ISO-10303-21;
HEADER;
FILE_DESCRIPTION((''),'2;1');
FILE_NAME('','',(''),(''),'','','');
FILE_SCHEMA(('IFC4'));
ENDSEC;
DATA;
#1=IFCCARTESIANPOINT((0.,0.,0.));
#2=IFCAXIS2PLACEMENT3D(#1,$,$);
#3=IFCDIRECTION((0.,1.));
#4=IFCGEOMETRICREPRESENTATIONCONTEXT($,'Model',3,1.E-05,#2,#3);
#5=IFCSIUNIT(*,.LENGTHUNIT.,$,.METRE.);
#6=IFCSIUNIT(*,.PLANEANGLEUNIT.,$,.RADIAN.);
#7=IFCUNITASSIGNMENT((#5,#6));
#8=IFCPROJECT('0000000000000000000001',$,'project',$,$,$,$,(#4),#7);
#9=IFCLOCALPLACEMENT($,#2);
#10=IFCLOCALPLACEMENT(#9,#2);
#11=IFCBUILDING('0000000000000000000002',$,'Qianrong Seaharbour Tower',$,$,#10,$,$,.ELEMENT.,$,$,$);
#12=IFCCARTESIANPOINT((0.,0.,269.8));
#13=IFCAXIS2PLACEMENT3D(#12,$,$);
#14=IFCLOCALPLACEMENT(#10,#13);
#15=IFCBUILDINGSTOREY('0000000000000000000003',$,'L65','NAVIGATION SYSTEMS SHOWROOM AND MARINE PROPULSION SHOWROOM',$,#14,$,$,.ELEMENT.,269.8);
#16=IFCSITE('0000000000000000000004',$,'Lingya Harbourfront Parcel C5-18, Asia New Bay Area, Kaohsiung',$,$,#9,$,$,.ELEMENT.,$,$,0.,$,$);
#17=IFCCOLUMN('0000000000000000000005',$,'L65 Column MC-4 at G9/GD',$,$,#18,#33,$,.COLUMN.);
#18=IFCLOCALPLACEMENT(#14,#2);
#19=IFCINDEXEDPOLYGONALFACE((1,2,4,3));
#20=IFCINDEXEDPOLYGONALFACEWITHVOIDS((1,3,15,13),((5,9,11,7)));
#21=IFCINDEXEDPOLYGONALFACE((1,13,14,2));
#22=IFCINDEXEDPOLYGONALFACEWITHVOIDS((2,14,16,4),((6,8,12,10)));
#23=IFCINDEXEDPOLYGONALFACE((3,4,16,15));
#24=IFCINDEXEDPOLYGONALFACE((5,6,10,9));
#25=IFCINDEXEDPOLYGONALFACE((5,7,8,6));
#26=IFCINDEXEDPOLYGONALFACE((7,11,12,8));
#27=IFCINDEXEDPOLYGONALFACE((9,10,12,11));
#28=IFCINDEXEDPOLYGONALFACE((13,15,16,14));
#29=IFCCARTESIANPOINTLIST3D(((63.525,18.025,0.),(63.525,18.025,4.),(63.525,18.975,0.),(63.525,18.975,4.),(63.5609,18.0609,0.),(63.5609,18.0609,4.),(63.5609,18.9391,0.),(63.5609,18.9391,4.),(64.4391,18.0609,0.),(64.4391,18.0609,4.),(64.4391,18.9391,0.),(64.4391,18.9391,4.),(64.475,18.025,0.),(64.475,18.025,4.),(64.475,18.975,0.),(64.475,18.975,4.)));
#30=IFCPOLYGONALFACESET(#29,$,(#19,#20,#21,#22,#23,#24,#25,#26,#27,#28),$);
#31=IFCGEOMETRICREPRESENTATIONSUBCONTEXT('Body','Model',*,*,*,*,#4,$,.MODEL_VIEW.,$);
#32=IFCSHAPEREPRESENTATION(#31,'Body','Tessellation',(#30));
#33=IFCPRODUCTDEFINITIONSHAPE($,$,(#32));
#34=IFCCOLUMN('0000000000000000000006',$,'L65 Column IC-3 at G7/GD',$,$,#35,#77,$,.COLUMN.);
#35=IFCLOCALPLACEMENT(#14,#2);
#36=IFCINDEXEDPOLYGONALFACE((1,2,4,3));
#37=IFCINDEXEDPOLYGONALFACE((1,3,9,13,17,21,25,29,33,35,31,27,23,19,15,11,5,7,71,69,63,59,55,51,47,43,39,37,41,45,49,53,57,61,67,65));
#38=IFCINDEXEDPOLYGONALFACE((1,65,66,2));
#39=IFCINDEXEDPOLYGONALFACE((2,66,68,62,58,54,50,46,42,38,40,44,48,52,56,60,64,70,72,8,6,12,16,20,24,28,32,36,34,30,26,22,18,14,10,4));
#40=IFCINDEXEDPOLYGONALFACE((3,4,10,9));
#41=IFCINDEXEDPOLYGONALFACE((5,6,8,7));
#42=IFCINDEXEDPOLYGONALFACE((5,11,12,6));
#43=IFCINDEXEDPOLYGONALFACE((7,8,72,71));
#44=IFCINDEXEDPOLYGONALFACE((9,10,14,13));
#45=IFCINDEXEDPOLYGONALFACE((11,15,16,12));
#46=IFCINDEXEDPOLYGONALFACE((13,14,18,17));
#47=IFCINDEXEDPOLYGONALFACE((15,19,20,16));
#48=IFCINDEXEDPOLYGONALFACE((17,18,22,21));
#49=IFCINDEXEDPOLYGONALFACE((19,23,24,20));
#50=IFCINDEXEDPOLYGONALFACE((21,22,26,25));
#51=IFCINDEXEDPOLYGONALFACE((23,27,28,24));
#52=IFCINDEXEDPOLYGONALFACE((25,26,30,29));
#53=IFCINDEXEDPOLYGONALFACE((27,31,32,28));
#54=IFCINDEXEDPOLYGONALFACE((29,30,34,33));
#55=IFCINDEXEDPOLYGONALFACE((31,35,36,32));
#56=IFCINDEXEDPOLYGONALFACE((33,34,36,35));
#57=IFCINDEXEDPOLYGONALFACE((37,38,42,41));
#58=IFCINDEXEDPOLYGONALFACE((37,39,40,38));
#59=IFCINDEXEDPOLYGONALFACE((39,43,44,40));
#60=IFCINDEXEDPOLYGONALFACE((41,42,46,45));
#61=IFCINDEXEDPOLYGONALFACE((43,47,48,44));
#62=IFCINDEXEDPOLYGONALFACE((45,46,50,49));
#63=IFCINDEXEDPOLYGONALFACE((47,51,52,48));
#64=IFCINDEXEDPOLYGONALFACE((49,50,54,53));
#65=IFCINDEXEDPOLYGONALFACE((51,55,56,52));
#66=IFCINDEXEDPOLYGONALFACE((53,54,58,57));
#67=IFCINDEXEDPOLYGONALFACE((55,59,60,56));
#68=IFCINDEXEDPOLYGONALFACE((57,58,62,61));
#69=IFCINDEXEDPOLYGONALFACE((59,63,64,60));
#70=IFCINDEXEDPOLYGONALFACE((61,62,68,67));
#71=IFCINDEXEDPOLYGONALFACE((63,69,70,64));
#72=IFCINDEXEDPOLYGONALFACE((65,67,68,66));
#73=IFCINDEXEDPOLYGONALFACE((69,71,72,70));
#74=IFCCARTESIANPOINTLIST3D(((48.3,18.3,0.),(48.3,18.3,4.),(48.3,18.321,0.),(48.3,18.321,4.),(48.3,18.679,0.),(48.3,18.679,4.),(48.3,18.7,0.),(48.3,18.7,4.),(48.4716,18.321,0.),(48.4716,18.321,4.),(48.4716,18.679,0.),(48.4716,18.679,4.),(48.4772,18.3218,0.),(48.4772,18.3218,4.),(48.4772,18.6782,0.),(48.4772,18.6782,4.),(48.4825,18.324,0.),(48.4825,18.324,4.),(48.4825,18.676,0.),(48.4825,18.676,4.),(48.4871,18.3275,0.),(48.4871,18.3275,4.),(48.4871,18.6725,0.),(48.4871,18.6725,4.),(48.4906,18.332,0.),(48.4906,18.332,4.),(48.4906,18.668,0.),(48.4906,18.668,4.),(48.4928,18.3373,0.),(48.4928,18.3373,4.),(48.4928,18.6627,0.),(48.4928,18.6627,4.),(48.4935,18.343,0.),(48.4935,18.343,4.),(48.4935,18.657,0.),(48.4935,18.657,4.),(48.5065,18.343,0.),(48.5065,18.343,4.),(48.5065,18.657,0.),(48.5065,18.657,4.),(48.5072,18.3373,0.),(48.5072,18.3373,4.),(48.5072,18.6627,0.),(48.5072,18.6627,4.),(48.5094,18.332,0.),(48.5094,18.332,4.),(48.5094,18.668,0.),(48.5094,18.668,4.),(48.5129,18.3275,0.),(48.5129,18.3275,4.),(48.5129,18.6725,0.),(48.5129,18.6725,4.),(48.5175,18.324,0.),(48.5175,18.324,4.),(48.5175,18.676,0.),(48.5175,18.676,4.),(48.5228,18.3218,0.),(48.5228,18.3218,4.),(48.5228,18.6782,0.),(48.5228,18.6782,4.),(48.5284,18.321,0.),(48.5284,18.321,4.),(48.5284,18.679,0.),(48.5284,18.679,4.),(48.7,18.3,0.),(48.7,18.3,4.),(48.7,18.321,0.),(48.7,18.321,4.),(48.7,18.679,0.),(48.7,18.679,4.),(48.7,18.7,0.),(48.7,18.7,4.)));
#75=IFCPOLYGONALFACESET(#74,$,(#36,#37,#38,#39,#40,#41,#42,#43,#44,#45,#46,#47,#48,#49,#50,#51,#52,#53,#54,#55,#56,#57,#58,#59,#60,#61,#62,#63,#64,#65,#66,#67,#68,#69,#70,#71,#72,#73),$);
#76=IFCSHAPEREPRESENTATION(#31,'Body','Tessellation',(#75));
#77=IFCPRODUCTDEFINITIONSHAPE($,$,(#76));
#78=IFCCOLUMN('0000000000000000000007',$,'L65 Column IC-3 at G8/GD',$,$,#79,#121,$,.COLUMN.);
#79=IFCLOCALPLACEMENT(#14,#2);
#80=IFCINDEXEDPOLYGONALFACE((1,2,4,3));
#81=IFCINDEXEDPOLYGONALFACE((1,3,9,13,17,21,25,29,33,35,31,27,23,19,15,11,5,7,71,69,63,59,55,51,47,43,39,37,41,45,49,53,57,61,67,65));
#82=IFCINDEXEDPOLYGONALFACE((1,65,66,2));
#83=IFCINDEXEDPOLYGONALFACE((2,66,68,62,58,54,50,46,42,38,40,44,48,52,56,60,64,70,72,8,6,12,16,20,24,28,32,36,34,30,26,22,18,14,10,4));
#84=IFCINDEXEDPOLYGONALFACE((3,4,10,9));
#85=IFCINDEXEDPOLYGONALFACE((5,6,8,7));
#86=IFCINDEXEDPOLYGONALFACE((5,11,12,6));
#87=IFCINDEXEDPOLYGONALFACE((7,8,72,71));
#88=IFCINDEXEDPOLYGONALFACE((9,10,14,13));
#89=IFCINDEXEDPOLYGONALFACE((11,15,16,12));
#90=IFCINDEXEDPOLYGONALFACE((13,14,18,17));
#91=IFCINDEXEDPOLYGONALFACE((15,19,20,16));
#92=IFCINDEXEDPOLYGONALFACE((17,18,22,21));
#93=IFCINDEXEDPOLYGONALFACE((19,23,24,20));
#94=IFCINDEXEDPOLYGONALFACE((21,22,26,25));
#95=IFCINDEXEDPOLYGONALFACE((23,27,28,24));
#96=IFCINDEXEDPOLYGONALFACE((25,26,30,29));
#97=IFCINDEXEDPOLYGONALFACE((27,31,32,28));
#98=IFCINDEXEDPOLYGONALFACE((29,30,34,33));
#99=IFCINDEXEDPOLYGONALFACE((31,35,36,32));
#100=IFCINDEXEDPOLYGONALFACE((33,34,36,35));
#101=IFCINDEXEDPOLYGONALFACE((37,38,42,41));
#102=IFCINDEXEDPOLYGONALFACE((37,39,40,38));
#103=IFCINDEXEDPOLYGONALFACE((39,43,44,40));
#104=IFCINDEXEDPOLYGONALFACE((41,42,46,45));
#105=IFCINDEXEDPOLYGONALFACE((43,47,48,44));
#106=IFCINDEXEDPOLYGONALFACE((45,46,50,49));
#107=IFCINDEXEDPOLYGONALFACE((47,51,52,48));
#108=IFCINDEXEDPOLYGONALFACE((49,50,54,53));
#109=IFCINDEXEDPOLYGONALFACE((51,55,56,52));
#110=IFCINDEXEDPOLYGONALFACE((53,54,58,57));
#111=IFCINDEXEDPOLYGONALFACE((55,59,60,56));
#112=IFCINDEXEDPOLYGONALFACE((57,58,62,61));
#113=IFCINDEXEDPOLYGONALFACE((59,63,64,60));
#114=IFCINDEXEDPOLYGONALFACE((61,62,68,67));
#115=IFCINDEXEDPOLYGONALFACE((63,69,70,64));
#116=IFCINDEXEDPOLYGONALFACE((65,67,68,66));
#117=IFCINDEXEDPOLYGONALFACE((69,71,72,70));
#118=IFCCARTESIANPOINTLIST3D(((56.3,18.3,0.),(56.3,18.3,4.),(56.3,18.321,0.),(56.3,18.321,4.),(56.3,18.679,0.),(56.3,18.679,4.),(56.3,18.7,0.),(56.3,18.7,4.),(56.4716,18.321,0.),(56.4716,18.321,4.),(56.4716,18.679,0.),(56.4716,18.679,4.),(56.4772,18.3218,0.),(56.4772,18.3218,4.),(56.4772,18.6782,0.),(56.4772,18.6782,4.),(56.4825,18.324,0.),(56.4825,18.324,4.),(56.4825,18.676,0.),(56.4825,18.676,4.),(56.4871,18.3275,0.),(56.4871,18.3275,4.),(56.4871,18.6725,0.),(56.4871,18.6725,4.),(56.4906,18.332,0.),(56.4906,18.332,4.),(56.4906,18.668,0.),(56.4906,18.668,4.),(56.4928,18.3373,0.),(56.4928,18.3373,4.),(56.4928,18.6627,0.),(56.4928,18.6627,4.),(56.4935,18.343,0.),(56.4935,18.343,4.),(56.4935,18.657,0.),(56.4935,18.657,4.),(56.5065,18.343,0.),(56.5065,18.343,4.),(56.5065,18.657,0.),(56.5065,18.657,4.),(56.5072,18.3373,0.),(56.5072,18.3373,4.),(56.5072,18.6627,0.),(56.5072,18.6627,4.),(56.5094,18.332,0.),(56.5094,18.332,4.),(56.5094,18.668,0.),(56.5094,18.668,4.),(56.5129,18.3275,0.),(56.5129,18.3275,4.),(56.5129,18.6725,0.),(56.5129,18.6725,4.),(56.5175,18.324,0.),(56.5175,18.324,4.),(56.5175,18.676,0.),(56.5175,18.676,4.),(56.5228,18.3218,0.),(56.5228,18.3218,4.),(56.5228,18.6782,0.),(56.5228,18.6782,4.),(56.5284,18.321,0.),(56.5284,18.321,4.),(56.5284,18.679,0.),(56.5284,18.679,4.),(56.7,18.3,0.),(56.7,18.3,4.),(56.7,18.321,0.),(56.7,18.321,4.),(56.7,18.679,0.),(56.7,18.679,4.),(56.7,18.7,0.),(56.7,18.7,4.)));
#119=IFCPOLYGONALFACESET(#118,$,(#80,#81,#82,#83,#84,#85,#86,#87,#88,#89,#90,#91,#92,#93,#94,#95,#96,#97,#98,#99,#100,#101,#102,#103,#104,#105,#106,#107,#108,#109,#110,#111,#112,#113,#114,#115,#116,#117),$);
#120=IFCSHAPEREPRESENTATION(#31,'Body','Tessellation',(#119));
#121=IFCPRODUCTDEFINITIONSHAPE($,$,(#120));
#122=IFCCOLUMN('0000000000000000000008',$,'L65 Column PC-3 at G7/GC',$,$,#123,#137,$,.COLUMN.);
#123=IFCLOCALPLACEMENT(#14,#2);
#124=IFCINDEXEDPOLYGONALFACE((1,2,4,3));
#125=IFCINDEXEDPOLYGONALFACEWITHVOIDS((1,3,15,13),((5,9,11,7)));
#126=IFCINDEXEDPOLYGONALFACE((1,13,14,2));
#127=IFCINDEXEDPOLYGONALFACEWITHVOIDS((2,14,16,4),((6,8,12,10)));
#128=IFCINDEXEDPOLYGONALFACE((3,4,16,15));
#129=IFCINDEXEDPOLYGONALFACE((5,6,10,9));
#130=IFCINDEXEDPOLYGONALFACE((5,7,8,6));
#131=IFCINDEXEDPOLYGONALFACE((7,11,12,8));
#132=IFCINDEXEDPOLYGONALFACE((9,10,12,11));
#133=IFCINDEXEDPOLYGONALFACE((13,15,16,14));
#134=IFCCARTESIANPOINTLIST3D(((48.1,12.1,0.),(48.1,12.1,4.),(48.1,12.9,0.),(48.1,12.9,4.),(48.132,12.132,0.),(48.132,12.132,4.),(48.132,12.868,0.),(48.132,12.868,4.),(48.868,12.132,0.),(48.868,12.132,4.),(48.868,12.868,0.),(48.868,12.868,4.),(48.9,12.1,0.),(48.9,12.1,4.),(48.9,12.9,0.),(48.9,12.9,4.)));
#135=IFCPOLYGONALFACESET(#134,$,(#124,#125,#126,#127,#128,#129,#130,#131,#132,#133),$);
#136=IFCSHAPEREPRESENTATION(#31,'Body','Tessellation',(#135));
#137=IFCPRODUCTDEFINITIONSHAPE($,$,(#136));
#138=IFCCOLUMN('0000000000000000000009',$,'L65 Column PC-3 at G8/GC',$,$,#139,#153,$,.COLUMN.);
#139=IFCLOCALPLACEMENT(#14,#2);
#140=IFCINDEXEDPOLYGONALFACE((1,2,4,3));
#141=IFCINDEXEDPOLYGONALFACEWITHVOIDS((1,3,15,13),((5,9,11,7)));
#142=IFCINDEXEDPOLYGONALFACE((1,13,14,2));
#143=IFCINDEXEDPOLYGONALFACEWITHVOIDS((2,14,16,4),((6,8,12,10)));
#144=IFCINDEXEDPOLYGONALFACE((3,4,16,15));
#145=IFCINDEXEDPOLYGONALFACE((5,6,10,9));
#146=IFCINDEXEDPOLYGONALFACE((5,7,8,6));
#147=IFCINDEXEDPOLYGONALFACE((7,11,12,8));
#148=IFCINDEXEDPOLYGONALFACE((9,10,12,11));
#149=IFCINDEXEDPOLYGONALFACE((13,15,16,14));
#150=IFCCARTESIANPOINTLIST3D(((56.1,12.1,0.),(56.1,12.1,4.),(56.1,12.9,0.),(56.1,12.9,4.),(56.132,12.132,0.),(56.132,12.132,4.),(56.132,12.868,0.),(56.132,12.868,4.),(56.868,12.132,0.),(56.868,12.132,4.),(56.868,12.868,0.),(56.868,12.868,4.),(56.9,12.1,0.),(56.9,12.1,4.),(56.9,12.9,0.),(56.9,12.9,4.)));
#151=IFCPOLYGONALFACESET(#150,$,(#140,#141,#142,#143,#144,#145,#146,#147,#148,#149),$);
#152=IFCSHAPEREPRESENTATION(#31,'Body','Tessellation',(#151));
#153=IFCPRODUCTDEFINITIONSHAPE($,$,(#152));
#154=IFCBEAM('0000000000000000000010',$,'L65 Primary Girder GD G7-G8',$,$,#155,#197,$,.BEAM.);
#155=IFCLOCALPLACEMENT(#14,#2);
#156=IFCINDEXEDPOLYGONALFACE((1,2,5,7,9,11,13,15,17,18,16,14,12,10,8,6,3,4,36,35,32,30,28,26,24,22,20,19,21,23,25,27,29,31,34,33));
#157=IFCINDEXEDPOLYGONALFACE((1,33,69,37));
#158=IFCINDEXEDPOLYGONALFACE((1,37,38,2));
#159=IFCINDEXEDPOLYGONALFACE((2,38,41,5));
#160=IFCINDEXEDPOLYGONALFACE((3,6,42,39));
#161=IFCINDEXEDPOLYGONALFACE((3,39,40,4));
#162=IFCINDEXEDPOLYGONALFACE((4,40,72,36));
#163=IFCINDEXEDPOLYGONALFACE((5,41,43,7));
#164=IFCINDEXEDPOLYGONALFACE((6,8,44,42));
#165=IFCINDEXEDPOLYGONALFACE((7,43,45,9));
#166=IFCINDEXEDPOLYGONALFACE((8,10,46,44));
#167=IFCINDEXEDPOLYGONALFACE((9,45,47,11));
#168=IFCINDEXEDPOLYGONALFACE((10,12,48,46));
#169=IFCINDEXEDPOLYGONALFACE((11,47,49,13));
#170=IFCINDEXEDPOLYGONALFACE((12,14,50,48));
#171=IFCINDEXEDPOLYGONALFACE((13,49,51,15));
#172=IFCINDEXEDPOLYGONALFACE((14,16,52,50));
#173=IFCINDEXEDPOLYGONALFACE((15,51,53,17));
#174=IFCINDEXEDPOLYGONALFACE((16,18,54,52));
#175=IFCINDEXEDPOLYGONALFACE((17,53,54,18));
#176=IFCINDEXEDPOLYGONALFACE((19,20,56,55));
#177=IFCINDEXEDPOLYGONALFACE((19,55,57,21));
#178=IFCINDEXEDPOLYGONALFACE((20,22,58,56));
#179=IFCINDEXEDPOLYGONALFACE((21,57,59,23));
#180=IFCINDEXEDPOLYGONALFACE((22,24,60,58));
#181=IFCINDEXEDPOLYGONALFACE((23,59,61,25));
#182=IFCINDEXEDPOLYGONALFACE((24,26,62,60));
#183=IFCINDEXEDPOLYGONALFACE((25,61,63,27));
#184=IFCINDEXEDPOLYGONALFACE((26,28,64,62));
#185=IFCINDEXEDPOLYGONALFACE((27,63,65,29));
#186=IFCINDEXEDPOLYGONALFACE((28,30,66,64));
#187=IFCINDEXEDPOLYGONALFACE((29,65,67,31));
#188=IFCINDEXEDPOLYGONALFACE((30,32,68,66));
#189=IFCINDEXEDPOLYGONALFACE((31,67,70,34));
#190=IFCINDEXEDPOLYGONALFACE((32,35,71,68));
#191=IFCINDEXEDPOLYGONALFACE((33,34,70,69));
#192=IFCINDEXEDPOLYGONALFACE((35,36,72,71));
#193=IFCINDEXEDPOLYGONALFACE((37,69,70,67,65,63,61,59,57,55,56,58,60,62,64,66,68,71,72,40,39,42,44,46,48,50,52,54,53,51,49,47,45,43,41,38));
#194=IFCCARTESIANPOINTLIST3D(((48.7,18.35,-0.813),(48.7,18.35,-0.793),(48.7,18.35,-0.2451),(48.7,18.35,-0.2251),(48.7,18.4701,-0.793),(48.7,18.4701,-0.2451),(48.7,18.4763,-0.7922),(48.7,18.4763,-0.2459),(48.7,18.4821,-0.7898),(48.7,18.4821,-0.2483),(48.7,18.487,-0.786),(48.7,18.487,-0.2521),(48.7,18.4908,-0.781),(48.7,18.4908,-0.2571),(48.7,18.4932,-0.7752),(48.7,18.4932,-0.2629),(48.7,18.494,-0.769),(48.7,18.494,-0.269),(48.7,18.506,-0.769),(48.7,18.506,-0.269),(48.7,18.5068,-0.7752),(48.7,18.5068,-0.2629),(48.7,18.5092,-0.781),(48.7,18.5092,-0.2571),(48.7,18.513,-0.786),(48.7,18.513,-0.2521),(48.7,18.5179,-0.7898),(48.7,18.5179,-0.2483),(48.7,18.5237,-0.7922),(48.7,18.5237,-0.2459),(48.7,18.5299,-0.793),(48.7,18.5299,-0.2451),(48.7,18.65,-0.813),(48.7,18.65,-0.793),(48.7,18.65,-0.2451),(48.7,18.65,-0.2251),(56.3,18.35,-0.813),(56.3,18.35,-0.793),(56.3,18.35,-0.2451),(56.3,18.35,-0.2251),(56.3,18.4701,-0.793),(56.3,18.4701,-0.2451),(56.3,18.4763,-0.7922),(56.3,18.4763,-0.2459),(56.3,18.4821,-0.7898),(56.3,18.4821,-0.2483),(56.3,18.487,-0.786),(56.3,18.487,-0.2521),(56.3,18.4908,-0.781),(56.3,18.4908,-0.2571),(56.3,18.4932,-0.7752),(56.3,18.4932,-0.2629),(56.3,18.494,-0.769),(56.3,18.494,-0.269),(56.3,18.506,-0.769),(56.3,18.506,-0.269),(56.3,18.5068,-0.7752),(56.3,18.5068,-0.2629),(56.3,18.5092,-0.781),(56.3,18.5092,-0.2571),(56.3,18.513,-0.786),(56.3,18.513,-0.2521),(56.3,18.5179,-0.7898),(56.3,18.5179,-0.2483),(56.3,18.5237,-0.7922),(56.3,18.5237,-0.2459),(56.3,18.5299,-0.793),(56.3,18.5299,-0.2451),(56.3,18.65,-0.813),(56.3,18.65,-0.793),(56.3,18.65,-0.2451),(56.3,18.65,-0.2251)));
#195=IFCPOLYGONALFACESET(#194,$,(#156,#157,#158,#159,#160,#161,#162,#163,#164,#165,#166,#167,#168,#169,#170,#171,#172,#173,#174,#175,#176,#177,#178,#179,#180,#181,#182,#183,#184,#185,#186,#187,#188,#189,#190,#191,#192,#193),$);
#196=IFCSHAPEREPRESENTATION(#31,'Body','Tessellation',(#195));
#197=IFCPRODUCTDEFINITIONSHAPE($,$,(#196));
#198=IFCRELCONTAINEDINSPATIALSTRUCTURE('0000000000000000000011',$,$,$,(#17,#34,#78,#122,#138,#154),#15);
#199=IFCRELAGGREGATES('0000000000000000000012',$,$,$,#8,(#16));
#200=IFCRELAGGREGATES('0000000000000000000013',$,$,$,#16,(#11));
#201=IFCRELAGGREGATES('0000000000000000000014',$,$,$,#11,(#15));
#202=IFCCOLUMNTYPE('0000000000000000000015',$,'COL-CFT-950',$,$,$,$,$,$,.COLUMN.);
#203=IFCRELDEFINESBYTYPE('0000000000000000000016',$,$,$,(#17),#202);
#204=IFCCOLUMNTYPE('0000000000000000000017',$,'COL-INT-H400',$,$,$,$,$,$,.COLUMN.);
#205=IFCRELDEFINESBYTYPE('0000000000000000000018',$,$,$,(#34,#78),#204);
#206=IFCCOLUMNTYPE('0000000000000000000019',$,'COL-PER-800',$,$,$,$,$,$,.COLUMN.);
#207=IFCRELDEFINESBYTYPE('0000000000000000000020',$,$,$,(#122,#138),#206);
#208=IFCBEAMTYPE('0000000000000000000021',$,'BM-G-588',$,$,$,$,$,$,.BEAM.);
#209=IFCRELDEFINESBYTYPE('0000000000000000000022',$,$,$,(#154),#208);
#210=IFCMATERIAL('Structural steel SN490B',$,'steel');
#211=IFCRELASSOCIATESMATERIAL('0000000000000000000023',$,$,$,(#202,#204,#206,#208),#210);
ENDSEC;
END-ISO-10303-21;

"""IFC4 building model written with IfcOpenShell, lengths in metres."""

from ifc_helpers import new_model, si_unit, direction, frame, origin, origin_2d, place, context, subcontext, project, spatial, hollow_rectangle, i_section, extrude, material, material_profile, profile_set, type_object, element, save


model = new_model("IFC4")

# Units and contexts
model_context = context("Model", 3, precision=1e-05, world=origin(), true_north=direction((0.0, 1.0)))
body_context = subcontext(model_context, "Body", "Model", "MODEL_VIEW")
ifc_project = project(units=[si_unit("LENGTHUNIT", "METRE"), si_unit("PLANEANGLEUNIT", "RADIAN")], contexts=[model_context])

# Site, building, storey
site_placement = place(None, origin())
site = spatial("IfcSite", under=ifc_project, at=site_placement, Name="Lingya Harbourfront Parcel C5-18, Asia New Bay Area, Kaohsiung", CompositionType="ELEMENT", RefElevation=0.0)
building_placement = place(site_placement, origin())
building = spatial("IfcBuilding", under=site, at=building_placement, Name="Qianrong Seaharbour Tower", CompositionType="ELEMENT")
storey_placement = place(building_placement, frame((0.0, 0.0, 269.8)))
storey = spatial("IfcBuildingStorey", under=building, at=storey_placement, Name="L65", Description="NAVIGATION SYSTEMS SHOWROOM AND MARINE PROPULSION SHOWROOM", CompositionType="ELEMENT", Elevation=269.8)

# Columns
ifc_material_1 = material(Name="Structural steel SN490B", Category="steel")
ifc_material_profile_1 = material_profile(ifc_material_1, hollow_rectangle(XDim=0.95, YDim=0.95, WallThickness=0.0359, at=origin_2d()), Name="BOX950x950x36")
ifc_profile_set_1 = profile_set([ifc_material_profile_1], Name="Structural steel SN490B")
column_type_1 = type_object("IfcColumnType", Name="COL-CFT-950", PredefinedType="COLUMN", material=ifc_profile_set_1)
column_placement = place(storey_placement, frame((64.0, 18.5, 0.0), z_axis=(0.0, 0.0, 1.0), x_axis=(1.0, 0.0, 0.0)))
element("IfcColumn", 1, at=column_placement, inside=storey, type_object=column_type_1, Name="L65 Column MC-4 at G9/GD", PredefinedType="COLUMN", context=body_context, shape_type="SweptSolid", body=[
    extrude(hollow_rectangle(XDim=0.95, YDim=0.95, WallThickness=0.0359, at=origin_2d()), origin(), (0.0, 0.0, 1.0), 4.0),
])
ifc_material_profile_2 = material_profile(ifc_material_1, i_section(OverallWidth=0.3999, OverallDepth=0.3999, WebThickness=0.0129, FlangeThickness=0.021, FilletRadius=0.022, at=origin_2d()), Name="H400x400x13x21")
ifc_profile_set_2 = profile_set([ifc_material_profile_2], Name="Structural steel SN490B")
column_type_2 = type_object("IfcColumnType", Name="COL-INT-H400", PredefinedType="COLUMN", material=ifc_profile_set_2)
for number, where, z_axis, x_axis, name in (
    (2, (48.5, 18.5, 0.0), (0.0, 0.0, 1.0), (1.0, 0.0, 0.0), "L65 Column IC-3 at G7/GD"),
    (3, (56.5, 18.5, 0.0), (0.0, 0.0, 1.0), (1.0, 0.0, 0.0), "L65 Column IC-3 at G8/GD"),
):
    element("IfcColumn", number, at=place(storey_placement, frame(where, z_axis=z_axis, x_axis=x_axis)), inside=storey, type_object=column_type_2, Name=name, PredefinedType="COLUMN", context=body_context, shape_type="SweptSolid", body=[
        extrude(i_section(OverallWidth=0.3999, OverallDepth=0.3999, WebThickness=0.0129, FlangeThickness=0.021, FilletRadius=0.022, at=origin_2d()), origin(), (0.0, 0.0, 1.0), 4.0),
    ])
ifc_material_profile_3 = material_profile(ifc_material_1, hollow_rectangle(XDim=0.8, YDim=0.8, WallThickness=0.032, at=origin_2d()), Name="BOX800x800x32")
ifc_profile_set_3 = profile_set([ifc_material_profile_3], Name="Structural steel SN490B")
column_type_3 = type_object("IfcColumnType", Name="COL-PER-800", PredefinedType="COLUMN", material=ifc_profile_set_3)
for number, where, z_axis, x_axis, name in (
    (4, (48.5, 12.5, 0.0), (0.0, 0.0, 1.0), (1.0, 0.0, 0.0), "L65 Column PC-3 at G7/GC"),
    (5, (56.5, 12.5, 0.0), (0.0, 0.0, 1.0), (1.0, 0.0, 0.0), "L65 Column PC-3 at G8/GC"),
):
    element("IfcColumn", number, at=place(storey_placement, frame(where, z_axis=z_axis, x_axis=x_axis)), inside=storey, type_object=column_type_3, Name=name, PredefinedType="COLUMN", context=body_context, shape_type="SweptSolid", body=[
        extrude(hollow_rectangle(XDim=0.8, YDim=0.8, WallThickness=0.032, at=origin_2d()), origin(), (0.0, 0.0, 1.0), 4.0),
    ])

# Beam
ifc_material_profile_4 = material_profile(ifc_material_1, i_section(OverallWidth=0.3, OverallDepth=0.5879, WebThickness=0.012, FlangeThickness=0.02, FilletRadius=0.0239, at=origin_2d()), Name="H588x300x12x20")
ifc_profile_set_4 = profile_set([ifc_material_profile_4], Name="Structural steel SN490B")
beam_type_1 = type_object("IfcBeamType", Name="BM-G-588", PredefinedType="BEAM", material=ifc_profile_set_4)
beam_1_placement = place(storey_placement, frame((48.7, 18.5, -0.519), z_axis=(1.0, 0.0, 0.0), x_axis=(0.0, 1.0, 0.0)))
element("IfcBeam", 6, at=beam_1_placement, inside=storey, type_object=beam_type_1, Name="L65 Primary Girder GD G7-G8", PredefinedType="BEAM", context=body_context, shape_type="SweptSolid", body=[
    extrude(i_section(OverallWidth=0.3, OverallDepth=0.5879, WebThickness=0.012, FlangeThickness=0.02, FilletRadius=0.0239, at=origin_2d()), origin(), (0.0, 0.0, 1.0), 7.6001),
])

save(model, "model.ifc")
